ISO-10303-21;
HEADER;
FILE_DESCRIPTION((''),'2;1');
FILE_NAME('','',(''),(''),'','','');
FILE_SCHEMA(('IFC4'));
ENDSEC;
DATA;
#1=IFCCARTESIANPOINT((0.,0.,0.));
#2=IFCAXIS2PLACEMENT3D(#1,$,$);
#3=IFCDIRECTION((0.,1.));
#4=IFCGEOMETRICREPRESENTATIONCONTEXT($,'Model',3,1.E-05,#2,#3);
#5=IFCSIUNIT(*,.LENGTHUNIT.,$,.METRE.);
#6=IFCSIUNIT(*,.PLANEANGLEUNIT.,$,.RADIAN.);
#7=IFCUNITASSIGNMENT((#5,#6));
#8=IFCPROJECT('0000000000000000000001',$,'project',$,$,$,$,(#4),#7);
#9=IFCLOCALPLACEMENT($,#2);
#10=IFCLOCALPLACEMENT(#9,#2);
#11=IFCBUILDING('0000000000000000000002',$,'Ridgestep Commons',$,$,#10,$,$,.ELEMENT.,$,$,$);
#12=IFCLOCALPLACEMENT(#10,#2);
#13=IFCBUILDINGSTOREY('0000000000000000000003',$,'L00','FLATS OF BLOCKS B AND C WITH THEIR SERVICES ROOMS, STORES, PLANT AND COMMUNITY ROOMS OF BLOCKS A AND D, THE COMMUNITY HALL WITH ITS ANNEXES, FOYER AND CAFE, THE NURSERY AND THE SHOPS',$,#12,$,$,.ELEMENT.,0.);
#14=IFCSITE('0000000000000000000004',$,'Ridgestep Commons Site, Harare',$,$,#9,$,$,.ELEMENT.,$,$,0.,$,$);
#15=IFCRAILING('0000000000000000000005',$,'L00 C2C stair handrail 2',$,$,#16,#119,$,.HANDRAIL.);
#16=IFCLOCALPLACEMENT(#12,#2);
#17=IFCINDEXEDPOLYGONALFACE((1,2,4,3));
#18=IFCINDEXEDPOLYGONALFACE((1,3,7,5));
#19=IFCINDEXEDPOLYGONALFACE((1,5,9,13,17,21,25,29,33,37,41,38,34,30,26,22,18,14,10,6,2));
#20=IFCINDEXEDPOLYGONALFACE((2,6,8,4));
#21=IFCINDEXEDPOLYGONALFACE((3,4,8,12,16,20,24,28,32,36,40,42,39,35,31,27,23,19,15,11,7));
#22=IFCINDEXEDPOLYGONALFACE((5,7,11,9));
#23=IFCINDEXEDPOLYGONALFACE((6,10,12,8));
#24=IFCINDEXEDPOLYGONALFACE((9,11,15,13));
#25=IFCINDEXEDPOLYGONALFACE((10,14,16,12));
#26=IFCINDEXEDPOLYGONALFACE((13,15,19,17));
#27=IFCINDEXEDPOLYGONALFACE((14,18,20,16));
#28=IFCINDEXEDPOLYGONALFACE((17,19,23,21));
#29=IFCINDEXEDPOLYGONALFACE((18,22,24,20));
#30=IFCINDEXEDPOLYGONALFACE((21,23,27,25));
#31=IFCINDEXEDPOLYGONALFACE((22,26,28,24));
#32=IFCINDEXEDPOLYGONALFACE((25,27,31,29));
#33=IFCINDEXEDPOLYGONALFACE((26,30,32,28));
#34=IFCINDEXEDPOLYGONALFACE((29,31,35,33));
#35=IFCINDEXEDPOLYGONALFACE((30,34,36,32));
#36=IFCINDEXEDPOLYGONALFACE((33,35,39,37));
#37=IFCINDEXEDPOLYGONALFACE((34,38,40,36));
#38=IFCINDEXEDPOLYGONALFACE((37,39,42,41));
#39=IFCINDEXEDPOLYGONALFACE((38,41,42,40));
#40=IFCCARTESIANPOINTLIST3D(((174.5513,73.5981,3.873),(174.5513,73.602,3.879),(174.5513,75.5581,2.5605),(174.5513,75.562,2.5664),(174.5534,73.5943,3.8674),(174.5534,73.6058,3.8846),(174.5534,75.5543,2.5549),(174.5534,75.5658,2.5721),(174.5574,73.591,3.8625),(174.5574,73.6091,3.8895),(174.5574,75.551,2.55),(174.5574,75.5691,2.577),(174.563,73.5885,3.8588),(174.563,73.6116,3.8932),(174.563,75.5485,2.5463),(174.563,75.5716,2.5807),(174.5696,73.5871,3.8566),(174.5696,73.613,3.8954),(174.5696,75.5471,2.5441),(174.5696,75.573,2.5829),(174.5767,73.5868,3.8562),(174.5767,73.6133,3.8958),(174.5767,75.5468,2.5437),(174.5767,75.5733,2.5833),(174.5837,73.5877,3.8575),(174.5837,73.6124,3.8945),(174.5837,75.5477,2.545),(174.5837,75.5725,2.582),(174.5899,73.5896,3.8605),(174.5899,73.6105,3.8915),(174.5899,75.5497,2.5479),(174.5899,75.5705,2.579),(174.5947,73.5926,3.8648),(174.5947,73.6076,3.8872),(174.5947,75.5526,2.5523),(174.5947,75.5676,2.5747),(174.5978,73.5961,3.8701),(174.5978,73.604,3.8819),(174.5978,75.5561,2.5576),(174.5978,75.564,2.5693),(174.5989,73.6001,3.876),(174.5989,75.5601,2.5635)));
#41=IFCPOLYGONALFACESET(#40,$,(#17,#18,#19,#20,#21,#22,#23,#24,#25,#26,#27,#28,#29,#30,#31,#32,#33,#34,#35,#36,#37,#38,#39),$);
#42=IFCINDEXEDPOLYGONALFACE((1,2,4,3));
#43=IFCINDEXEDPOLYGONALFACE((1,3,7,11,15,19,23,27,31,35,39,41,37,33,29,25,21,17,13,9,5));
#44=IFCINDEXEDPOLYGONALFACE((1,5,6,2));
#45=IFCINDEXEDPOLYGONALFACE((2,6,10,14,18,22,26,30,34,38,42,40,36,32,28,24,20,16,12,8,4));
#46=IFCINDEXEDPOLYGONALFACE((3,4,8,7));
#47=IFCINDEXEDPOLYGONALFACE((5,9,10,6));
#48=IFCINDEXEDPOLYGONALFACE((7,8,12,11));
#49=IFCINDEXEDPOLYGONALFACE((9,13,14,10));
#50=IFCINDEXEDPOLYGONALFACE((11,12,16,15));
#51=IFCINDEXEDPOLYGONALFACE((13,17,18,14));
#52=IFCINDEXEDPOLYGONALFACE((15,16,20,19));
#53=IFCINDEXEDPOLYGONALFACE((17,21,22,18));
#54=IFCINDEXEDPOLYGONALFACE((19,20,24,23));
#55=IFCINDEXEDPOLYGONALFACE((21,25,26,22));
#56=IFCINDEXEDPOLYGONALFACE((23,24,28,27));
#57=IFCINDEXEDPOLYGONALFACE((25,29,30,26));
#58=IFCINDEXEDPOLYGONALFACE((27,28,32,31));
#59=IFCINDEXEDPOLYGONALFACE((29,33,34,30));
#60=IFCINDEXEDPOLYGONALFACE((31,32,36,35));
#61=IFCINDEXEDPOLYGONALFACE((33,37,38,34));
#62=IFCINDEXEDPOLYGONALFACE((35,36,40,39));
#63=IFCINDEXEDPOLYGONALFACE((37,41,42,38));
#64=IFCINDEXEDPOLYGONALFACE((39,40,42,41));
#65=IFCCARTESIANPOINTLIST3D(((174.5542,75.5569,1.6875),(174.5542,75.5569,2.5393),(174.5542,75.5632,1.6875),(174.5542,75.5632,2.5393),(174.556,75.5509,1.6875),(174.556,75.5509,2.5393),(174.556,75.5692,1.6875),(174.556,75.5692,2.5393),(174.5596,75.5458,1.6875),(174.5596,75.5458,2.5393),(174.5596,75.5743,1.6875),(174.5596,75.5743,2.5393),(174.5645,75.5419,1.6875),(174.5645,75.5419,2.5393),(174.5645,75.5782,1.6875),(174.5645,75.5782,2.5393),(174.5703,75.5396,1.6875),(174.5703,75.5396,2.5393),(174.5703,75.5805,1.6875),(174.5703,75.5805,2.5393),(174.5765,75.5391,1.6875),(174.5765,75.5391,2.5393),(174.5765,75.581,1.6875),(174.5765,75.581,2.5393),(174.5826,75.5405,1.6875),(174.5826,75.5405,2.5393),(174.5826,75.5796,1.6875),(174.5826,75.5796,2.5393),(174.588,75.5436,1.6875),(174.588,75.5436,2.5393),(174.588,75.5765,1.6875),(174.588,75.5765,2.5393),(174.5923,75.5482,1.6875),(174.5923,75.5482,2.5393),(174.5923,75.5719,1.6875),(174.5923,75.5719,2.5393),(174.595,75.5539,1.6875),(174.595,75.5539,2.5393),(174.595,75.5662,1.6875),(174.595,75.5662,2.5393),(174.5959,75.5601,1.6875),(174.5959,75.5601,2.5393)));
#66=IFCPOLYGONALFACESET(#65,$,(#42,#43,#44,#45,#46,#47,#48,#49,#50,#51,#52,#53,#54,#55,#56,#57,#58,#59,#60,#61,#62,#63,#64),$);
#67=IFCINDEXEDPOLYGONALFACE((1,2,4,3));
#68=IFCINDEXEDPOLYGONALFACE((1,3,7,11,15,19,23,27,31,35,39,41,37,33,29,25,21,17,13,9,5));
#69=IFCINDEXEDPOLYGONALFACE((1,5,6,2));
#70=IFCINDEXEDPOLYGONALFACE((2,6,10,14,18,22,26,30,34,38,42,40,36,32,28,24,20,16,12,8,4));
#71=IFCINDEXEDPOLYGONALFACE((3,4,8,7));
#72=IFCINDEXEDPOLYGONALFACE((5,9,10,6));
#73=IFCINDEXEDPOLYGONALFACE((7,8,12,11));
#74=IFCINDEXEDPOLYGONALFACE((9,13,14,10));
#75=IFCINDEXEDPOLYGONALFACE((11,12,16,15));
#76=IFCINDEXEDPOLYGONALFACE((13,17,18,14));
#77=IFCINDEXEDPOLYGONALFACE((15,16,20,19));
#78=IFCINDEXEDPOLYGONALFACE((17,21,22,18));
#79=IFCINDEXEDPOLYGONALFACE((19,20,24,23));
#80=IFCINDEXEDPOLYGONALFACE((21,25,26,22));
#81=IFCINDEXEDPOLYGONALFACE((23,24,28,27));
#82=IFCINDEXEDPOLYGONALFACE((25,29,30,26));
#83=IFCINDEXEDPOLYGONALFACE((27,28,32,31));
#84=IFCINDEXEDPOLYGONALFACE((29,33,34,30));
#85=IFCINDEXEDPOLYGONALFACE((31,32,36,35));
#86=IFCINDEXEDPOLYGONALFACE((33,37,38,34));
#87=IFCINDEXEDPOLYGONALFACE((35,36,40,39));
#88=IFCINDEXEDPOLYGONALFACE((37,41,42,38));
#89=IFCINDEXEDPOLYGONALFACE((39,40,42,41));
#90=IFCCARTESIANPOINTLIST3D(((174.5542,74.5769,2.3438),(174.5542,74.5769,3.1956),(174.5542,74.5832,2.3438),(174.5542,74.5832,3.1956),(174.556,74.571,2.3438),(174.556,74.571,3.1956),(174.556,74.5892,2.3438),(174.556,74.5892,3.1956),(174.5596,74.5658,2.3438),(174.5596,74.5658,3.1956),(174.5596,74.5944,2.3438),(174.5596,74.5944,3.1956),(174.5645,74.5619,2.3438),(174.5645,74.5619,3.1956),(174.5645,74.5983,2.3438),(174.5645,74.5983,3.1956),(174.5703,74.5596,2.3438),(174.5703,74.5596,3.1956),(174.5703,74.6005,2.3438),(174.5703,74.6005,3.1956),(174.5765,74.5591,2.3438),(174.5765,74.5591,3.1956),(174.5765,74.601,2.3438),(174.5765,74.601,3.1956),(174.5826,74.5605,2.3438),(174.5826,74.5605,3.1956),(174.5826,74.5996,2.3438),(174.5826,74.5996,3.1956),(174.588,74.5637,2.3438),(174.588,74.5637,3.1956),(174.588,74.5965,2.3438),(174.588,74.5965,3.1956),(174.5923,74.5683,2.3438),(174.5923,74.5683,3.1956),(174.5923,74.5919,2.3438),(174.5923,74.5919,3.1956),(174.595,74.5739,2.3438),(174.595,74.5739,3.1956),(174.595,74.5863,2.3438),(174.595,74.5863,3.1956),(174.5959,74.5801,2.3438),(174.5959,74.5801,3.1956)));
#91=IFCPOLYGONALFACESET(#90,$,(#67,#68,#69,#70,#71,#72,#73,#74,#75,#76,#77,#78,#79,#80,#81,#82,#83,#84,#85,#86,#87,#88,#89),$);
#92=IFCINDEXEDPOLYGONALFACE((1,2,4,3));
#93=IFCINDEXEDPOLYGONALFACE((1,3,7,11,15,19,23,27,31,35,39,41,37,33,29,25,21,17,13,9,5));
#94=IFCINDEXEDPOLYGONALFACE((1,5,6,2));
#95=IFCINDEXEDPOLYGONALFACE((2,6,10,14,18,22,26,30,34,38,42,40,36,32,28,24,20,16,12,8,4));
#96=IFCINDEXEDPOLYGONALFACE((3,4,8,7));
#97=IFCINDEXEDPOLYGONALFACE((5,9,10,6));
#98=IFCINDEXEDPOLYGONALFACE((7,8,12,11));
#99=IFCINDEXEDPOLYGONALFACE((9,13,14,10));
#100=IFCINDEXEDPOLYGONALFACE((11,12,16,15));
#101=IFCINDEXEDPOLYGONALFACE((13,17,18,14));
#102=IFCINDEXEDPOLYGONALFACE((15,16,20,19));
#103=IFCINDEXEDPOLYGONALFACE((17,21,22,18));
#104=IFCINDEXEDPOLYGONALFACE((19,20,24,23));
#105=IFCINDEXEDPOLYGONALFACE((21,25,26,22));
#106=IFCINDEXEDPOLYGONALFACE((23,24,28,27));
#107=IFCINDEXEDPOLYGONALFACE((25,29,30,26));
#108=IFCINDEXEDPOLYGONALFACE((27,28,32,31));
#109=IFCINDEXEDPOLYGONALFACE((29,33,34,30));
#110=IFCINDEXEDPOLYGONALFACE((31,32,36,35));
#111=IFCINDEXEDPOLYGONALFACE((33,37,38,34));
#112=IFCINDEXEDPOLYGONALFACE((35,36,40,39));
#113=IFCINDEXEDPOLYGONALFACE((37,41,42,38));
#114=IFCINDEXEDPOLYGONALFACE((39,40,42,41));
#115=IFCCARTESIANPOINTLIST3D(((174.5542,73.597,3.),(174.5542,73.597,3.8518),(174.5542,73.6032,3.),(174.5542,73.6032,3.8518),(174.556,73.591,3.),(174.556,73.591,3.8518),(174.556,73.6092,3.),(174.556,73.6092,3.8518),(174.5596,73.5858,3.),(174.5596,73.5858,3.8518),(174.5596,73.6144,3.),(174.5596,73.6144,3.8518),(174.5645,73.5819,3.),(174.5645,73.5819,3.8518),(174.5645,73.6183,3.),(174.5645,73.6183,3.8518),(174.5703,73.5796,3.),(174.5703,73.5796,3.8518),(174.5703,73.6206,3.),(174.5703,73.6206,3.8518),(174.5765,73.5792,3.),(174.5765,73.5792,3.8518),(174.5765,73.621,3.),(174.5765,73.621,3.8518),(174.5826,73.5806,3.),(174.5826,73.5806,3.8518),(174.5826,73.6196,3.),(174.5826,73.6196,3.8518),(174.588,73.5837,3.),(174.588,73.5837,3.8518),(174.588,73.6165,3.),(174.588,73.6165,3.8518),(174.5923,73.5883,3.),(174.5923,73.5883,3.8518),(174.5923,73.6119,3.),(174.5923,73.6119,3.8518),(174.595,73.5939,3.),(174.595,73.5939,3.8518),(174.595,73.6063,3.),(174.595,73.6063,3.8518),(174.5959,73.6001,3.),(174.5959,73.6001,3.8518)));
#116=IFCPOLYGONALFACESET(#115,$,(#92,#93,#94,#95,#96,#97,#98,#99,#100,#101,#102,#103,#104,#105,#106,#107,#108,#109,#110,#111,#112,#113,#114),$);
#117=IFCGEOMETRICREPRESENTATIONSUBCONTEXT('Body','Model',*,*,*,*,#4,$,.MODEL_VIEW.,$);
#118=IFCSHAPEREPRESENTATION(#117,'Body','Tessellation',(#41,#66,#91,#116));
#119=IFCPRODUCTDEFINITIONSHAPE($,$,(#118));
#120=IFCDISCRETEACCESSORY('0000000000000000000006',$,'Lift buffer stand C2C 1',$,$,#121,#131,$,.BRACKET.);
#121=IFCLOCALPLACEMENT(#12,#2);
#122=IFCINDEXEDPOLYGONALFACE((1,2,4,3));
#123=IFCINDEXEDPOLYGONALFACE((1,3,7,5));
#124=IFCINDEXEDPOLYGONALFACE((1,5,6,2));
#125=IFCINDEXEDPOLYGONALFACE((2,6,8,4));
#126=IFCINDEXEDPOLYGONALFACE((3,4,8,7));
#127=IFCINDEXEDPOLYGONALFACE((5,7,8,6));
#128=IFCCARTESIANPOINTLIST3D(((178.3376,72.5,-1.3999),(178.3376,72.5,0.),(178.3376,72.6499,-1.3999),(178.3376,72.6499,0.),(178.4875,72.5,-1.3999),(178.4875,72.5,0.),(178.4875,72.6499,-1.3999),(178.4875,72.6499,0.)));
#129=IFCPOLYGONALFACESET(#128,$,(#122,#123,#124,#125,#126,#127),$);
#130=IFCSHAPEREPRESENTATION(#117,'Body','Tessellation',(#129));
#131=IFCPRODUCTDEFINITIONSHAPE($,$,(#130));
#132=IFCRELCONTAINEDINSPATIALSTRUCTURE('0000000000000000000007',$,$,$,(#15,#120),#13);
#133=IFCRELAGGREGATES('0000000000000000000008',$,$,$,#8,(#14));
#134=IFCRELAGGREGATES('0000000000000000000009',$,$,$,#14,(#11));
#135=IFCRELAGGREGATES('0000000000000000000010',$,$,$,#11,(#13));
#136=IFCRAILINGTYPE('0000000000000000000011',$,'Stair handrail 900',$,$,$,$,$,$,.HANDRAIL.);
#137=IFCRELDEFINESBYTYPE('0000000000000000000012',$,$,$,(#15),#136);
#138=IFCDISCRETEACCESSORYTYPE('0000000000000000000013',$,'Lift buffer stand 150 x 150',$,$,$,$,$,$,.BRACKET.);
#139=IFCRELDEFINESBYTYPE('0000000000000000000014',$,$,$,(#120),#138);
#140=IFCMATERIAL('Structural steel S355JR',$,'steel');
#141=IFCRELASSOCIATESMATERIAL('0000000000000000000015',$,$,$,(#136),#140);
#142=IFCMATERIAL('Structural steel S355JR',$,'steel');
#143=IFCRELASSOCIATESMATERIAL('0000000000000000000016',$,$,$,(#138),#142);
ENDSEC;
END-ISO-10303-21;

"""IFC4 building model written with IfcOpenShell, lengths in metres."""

from ifc_helpers import new_model, si_unit, direction, frame, origin, origin_2d, place, context, subcontext, project, spatial, rectangle, circle, extrude, material, type_object, element, save


model = new_model("IFC4")

# Units and contexts
model_context = context("Model", 3, precision=1e-05, world=origin(), true_north=direction((0.0, 1.0)))
body_context = subcontext(model_context, "Body", "Model", "MODEL_VIEW")
ifc_project = project(units=[si_unit("LENGTHUNIT", "METRE"), si_unit("PLANEANGLEUNIT", "RADIAN")], contexts=[model_context])

# Site, building, storey
site_placement = place(None, origin())
site = spatial("IfcSite", under=ifc_project, at=site_placement, Name="Ridgestep Commons Site, Harare", CompositionType="ELEMENT", RefElevation=0.0)
building_placement = place(site_placement, origin())
building = spatial("IfcBuilding", under=site, at=building_placement, Name="Ridgestep Commons", CompositionType="ELEMENT")
storey_placement = place(building_placement, origin())
storey = spatial("IfcBuildingStorey", under=building, at=storey_placement, Name="L00", Description="FLATS OF BLOCKS B AND C WITH THEIR SERVICES ROOMS, STORES, PLANT AND COMMUNITY ROOMS OF BLOCKS A AND D, THE COMMUNITY HALL WITH ITS ANNEXES, FOYER AND CAFE, THE NURSERY AND THE SHOPS", CompositionType="ELEMENT", Elevation=0.0)

# Railing
ifc_material_1 = material(Name="Structural steel S355JR", Category="steel")
railing_type_1 = type_object("IfcRailingType", Name="Stair handrail 900", PredefinedType="HANDRAIL", material=ifc_material_1)
railing_1_placement = place(storey_placement, frame((174.575, 75.5601, 1.6875)))
element("IfcRailing", 1, at=railing_1_placement, inside=storey, type_object=railing_type_1, Name="L00 C2C stair handrail 2", PredefinedType="HANDRAIL", context=body_context, shape_type="SweptSolid", body=[
    extrude(circle(Radius=0.0239, at=origin_2d()), frame((0.0, 0.0, 0.876), z_axis=(0.0, -0.830902, 0.556419), x_axis=(1.0, 0.0, 0.0)), (0.0, 0.0, 1.0), 2.3589),
    extrude(circle(Radius=0.021, at=origin_2d()), origin(), (0.0, 0.0, 1.0), 0.8518),
    extrude(circle(Radius=0.021, at=origin_2d()), frame((0.0, -0.98, 0.6562)), (0.0, 0.0, 1.0), 0.8518),
    extrude(circle(Radius=0.021, at=origin_2d()), frame((0.0, -1.96, 1.3125)), (0.0, 0.0, 1.0), 0.8518),
])

# Discrete accessory
ifc_material_2 = material(Name="Structural steel S355JR", Category="steel")
discrete_accessory_type = type_object("IfcDiscreteAccessoryType", Name="Lift buffer stand 150 x 150", PredefinedType="BRACKET", material=ifc_material_2)
discrete_accessory_placement = place(storey_placement, frame((178.4126, 72.575, -1.3999), z_axis=(0.0, 0.0, 1.0), x_axis=(1.0, 0.0, 0.0)))
element("IfcDiscreteAccessory", 2, at=discrete_accessory_placement, inside=storey, type_object=discrete_accessory_type, Name="Lift buffer stand C2C 1", PredefinedType="BRACKET", context=body_context, shape_type="SweptSolid", body=[
    extrude(rectangle(XDim=0.1499, YDim=0.1499, at=origin_2d()), origin(), (0.0, 0.0, 1.0), 1.3999),
])

save(model, "model.ifc")
